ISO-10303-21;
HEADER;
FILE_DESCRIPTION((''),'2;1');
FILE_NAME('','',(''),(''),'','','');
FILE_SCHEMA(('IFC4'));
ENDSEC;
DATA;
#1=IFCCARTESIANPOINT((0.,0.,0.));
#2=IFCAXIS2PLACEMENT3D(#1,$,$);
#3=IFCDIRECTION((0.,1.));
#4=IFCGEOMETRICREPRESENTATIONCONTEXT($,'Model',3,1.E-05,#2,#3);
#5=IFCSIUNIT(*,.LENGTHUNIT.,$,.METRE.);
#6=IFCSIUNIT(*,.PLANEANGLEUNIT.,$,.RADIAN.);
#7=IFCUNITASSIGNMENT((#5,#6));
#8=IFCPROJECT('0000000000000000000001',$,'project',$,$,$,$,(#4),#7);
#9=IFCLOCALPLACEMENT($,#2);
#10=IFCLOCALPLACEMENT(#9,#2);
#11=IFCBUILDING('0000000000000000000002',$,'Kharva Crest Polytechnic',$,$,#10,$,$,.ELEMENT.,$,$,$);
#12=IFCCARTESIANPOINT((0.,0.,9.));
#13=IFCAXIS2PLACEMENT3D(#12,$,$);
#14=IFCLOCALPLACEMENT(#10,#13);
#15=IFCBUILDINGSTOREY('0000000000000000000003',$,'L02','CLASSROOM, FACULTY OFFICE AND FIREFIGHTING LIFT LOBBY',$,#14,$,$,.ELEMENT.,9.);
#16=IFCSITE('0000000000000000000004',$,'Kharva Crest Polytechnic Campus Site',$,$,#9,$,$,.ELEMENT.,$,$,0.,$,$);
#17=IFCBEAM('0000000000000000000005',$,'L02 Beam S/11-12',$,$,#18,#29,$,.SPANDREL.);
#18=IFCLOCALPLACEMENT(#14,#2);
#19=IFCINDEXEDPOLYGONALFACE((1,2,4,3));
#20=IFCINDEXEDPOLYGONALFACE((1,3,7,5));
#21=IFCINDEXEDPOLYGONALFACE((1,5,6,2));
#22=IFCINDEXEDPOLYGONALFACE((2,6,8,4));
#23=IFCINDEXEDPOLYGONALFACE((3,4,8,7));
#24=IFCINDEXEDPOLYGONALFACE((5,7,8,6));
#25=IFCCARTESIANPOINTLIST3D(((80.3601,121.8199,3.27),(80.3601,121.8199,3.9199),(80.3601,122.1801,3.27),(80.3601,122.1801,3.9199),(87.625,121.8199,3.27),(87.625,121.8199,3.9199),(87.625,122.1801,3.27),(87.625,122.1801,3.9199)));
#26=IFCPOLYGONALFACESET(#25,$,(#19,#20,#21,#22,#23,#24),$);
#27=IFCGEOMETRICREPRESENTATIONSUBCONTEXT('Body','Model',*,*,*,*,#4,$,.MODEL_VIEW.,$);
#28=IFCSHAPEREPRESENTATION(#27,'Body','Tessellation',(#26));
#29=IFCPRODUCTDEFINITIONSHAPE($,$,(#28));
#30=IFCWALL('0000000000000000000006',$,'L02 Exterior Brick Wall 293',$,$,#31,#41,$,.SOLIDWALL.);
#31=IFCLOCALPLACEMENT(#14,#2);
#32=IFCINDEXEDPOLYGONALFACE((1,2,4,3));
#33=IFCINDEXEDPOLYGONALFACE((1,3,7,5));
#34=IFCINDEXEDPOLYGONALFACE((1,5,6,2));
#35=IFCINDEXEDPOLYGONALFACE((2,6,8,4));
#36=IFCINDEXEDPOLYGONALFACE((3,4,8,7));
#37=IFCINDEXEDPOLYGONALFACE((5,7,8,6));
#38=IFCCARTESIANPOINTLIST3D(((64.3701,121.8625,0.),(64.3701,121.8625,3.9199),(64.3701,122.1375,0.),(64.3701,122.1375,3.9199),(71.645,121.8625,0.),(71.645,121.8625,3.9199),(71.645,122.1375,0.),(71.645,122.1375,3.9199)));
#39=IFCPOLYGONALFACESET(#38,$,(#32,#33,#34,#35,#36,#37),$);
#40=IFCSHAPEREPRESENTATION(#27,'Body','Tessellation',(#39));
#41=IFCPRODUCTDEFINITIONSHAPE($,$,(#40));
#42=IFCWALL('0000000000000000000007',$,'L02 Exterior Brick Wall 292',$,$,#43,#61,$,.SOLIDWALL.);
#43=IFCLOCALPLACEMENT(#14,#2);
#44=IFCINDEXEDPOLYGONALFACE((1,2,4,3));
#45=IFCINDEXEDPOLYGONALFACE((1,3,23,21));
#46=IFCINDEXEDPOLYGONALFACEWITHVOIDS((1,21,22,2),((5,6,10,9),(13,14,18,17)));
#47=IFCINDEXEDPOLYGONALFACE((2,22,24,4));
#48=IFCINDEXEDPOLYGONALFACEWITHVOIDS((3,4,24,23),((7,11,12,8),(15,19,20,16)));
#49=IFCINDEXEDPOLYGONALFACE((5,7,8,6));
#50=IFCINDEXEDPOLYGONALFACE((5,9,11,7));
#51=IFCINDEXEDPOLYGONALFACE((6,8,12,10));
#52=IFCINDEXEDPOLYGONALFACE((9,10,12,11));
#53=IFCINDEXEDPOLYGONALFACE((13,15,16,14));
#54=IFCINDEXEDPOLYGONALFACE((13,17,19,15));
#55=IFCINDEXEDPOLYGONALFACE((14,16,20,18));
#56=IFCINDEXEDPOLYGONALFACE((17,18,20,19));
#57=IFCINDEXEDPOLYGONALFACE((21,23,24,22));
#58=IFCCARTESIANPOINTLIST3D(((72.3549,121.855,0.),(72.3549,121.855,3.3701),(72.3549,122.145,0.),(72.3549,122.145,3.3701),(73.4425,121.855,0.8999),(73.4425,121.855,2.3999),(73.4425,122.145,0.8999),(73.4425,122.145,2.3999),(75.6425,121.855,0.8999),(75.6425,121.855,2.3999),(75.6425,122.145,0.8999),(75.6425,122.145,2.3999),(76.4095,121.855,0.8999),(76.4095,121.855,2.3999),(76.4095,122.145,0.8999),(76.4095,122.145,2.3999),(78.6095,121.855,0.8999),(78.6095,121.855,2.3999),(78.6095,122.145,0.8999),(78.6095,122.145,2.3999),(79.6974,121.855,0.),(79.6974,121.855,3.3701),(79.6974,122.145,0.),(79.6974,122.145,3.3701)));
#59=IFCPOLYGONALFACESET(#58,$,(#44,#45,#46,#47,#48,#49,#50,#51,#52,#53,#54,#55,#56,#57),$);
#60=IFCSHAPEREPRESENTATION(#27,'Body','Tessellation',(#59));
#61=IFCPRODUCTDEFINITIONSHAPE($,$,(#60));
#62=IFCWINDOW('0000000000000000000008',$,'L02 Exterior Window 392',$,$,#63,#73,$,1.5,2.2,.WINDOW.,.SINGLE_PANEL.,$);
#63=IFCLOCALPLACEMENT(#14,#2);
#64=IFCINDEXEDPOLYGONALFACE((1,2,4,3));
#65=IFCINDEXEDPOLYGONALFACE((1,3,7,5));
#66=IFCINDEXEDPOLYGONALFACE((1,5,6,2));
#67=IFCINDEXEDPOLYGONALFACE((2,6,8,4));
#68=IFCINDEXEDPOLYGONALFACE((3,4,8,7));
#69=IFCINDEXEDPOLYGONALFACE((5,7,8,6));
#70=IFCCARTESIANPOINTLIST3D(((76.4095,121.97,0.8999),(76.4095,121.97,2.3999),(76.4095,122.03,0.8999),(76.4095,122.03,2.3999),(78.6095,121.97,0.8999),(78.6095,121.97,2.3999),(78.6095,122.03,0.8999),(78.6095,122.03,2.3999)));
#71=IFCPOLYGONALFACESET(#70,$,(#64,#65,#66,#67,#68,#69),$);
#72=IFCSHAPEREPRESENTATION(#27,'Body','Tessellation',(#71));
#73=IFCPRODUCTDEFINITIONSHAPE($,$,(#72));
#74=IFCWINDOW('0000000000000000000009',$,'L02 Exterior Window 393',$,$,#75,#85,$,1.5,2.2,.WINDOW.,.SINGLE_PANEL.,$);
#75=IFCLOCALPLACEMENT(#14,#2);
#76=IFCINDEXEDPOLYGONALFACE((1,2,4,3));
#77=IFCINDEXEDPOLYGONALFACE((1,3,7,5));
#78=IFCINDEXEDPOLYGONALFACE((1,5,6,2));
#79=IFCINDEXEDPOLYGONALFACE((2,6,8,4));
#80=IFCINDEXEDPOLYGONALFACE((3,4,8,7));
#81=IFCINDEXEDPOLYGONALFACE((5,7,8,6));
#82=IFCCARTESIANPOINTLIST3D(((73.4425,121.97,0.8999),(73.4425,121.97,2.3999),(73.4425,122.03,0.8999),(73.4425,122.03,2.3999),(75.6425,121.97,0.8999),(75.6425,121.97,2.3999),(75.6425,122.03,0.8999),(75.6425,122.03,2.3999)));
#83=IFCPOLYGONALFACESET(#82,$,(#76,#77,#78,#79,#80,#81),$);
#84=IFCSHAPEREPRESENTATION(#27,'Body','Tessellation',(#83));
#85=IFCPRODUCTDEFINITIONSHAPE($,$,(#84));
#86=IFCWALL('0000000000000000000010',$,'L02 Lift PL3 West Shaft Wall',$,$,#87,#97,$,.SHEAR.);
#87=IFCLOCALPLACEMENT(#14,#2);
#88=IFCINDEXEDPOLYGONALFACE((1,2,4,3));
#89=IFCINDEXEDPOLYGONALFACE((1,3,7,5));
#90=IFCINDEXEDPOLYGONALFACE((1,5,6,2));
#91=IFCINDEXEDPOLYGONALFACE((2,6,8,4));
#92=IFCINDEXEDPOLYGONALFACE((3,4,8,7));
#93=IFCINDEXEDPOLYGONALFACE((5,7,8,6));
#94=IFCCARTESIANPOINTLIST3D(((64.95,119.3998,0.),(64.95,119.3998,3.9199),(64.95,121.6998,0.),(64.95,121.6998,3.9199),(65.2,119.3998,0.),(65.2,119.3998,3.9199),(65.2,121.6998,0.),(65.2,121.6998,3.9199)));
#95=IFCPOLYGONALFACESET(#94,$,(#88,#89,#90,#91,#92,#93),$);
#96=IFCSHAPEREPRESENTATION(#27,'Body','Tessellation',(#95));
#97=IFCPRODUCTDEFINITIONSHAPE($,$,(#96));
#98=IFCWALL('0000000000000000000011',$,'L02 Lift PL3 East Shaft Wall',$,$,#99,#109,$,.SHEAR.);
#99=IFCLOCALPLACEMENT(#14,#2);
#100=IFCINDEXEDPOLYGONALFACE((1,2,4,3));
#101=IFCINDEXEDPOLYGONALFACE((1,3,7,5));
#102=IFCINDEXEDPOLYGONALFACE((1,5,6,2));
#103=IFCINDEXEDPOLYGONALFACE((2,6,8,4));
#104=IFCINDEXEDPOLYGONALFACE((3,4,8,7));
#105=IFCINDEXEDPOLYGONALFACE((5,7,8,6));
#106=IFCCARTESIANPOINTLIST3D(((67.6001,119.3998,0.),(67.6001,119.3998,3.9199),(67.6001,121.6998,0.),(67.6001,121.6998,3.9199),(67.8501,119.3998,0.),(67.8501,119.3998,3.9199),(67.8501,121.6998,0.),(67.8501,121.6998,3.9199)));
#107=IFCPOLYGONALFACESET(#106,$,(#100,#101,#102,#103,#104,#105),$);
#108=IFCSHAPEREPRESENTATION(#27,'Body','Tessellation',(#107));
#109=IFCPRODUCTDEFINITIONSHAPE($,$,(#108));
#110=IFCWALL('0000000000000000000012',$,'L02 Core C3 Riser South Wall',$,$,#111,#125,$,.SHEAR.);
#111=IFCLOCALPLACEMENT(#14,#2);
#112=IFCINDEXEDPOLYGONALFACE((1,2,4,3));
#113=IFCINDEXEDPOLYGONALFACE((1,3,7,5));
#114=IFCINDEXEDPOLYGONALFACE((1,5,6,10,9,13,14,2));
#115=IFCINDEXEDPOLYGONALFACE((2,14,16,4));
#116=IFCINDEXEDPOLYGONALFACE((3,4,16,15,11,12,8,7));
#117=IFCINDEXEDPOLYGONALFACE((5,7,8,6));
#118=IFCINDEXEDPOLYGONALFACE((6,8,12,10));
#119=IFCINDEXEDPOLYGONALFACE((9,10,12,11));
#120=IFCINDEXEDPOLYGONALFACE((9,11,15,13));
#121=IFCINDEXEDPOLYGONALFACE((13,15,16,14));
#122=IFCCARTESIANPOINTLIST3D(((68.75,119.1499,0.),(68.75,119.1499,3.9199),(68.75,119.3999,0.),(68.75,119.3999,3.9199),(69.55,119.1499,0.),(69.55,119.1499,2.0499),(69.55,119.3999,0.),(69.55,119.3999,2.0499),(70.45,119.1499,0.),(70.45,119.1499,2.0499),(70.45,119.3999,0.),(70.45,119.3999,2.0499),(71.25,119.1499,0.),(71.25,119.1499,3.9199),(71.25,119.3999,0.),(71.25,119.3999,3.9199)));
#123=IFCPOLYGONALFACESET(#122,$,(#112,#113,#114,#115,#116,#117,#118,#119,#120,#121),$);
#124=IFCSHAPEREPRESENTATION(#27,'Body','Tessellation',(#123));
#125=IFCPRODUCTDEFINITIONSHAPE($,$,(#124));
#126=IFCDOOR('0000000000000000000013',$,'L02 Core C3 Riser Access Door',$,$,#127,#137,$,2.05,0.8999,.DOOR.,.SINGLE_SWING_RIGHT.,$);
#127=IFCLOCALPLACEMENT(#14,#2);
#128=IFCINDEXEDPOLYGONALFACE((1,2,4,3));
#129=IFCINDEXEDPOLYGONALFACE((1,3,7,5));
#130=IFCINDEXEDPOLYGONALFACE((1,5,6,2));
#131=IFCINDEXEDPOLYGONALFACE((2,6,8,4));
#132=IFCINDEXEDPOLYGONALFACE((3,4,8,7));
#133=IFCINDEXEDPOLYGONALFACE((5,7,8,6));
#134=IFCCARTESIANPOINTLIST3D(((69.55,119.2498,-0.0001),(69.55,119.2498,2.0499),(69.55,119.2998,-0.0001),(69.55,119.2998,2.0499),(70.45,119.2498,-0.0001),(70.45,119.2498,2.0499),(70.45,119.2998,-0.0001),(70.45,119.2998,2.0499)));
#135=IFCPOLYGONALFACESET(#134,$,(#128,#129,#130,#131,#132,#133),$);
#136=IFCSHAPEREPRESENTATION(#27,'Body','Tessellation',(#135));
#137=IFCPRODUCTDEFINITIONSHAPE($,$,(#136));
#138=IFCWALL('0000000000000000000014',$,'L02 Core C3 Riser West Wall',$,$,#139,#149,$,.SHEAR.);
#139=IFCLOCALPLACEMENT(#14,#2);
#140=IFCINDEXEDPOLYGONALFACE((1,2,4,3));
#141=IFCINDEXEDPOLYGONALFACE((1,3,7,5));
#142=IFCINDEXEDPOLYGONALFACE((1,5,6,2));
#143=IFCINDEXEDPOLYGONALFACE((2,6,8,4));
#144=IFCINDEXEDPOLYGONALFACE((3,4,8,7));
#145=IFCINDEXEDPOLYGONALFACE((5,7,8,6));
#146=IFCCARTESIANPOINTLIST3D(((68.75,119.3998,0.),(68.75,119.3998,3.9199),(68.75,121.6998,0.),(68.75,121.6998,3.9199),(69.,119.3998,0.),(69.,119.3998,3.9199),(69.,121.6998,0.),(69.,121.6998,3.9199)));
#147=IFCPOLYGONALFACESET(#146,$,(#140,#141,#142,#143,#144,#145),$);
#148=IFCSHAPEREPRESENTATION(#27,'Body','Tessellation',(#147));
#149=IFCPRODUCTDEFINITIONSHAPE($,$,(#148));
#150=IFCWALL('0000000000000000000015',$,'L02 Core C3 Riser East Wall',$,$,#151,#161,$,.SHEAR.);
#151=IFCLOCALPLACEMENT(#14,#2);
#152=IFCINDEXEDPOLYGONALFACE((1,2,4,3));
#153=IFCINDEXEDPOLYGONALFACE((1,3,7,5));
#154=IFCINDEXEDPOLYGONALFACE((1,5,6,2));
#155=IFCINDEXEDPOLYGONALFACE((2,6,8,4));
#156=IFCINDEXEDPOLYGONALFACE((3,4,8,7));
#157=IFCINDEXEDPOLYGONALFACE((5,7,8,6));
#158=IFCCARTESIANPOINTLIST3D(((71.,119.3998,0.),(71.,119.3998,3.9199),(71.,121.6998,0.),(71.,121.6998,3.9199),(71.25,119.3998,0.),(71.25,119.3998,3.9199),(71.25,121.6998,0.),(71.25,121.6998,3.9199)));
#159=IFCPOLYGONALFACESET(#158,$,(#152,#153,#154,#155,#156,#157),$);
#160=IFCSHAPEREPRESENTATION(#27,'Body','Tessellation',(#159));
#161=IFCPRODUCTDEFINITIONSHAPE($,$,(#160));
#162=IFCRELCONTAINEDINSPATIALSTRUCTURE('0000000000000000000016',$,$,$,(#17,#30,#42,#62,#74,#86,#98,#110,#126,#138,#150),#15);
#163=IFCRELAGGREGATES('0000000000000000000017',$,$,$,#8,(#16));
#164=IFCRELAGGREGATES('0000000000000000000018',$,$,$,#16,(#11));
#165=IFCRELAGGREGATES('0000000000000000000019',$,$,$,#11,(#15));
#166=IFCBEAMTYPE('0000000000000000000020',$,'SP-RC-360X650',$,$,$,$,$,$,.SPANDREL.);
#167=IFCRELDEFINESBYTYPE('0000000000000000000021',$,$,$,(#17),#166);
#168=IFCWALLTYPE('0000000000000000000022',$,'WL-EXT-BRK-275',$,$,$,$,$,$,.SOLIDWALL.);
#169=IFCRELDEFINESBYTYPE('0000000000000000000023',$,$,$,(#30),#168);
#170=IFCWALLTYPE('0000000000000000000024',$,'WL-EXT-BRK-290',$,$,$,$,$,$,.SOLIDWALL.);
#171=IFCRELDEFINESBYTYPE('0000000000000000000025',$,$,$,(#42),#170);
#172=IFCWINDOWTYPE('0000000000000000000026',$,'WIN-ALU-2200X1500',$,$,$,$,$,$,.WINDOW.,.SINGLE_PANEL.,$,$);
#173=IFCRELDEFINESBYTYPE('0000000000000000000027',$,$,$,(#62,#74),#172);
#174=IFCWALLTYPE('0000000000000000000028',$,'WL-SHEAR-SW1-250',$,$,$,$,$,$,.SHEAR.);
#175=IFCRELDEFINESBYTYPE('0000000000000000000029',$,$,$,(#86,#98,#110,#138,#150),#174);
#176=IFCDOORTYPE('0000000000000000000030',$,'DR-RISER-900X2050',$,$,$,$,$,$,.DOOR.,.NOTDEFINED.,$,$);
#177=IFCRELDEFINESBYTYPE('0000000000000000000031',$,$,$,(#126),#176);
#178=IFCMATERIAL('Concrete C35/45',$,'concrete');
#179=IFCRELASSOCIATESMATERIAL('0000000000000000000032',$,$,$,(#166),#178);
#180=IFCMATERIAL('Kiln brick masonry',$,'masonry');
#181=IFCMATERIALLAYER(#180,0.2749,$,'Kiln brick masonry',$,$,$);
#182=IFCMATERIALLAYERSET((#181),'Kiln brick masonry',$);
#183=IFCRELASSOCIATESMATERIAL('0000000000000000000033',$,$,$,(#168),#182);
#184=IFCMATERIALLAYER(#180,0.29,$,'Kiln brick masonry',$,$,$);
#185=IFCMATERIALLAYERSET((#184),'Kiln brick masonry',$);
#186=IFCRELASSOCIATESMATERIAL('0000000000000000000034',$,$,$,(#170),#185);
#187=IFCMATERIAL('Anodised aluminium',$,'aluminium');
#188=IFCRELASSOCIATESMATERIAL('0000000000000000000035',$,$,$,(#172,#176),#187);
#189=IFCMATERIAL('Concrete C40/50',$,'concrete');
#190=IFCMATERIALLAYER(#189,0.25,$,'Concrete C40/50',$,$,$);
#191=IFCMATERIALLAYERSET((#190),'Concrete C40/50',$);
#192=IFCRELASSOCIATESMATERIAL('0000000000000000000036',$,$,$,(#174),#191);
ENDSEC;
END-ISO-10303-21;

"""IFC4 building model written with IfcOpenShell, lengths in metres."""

from ifc_helpers import new_model, si_unit, direction, frame, frame_2d, origin, origin_2d, place, context, subcontext, project, spatial, rectangle, extrude, material, layer, layer_set, material_profile, profile_set, type_object, element, fill, save


model = new_model("IFC4")

# Units and contexts
model_context = context("Model", 3, precision=1e-05, world=origin(), true_north=direction((0.0, 1.0)))
body_context = subcontext(model_context, "Body", "Model", "MODEL_VIEW")
ifc_project = project(units=[si_unit("LENGTHUNIT", "METRE"), si_unit("PLANEANGLEUNIT", "RADIAN")], contexts=[model_context])

# Site, building, storey
site_placement = place(None, origin())
site = spatial("IfcSite", under=ifc_project, at=site_placement, Name="Kharva Crest Polytechnic Campus Site", CompositionType="ELEMENT", RefElevation=0.0)
building_placement = place(site_placement, origin())
building = spatial("IfcBuilding", under=site, at=building_placement, Name="Kharva Crest Polytechnic", CompositionType="ELEMENT")
storey_placement = place(building_placement, frame((0.0, 0.0, 9.0)))
storey = spatial("IfcBuildingStorey", under=building, at=storey_placement, Name="L02", Description="CLASSROOM, FACULTY OFFICE AND FIREFIGHTING LIFT LOBBY", CompositionType="ELEMENT", Elevation=9.0)

# Shared definitions
ifc_material_1 = material(Name="Concrete C40/50", Category="concrete")

# Shared definitions
ifc_material_2 = material(Name="Concrete C35/45", Category="concrete")

# Beam
ifc_material_profile_1 = material_profile(ifc_material_2, rectangle(XDim=0.3601, YDim=0.6499, at=origin_2d()), Name="RECT 360 X 650")
ifc_profile_set_1 = profile_set([ifc_material_profile_1], Name="Concrete C35/45")
beam_type_1 = type_object("IfcBeamType", Name="SP-RC-360X650", PredefinedType="SPANDREL", material=ifc_profile_set_1)
beam_1_placement = place(storey_placement, frame((80.3601, 122.0, 3.595), z_axis=(1.0, 0.0, 0.0), x_axis=(0.0, 1.0, 0.0)))
element("IfcBeam", 1, at=beam_1_placement, inside=storey, type_object=beam_type_1, Name="L02 Beam S/11-12", PredefinedType="SPANDREL", context=body_context, shape_type="SweptSolid", body=[
    extrude(rectangle(XDim=0.3601, YDim=0.6499, at=origin_2d()), origin(), (0.0, 0.0, 1.0), 7.2649),
])

# Wall
ifc_material_3 = material(Name="Kiln brick masonry", Category="masonry")
ifc_layer_1 = layer(ifc_material_3, 0.2749, Name="Kiln brick masonry")
ifc_layer_set_1 = layer_set([ifc_layer_1], Name="Kiln brick masonry")
wall_type_1 = type_object("IfcWallType", Name="WL-EXT-BRK-275", PredefinedType="SOLIDWALL", material=ifc_layer_set_1)
wall_1_placement = place(storey_placement, frame((71.645, 122.0, 0.0), z_axis=(0.0, 0.0, 1.0), x_axis=(-1.0, 0.0, 0.0)))
element("IfcWall", 2, at=wall_1_placement, inside=storey, type_object=wall_type_1, Name="L02 Exterior Brick Wall 293", PredefinedType="SOLIDWALL", context=body_context, shape_type="SweptSolid", body=[
    extrude(rectangle(XDim=7.2749, YDim=0.2749, at=frame_2d((3.6375, 0.0))), origin(), (0.0, 0.0, 1.0), 3.9199),
])

# Wall, openings, windows
ifc_layer_2 = layer(ifc_material_3, 0.29, Name="Kiln brick masonry")
ifc_layer_set_2 = layer_set([ifc_layer_2], Name="Kiln brick masonry")
wall_type_2 = type_object("IfcWallType", Name="WL-EXT-BRK-290", PredefinedType="SOLIDWALL", material=ifc_layer_set_2)
wall_2_placement = place(storey_placement, frame((79.6975, 122.0, 0.0), z_axis=(0.0, 0.0, 1.0), x_axis=(-1.0, 0.0, 0.0)))
wall_2 = element("IfcWall", 3, at=wall_2_placement, inside=storey, type_object=wall_type_2, Name="L02 Exterior Brick Wall 292", PredefinedType="SOLIDWALL", context=body_context, shape_type="SweptSolid", body=[
    extrude(rectangle(XDim=7.3425, YDim=0.29, at=frame_2d((3.6714, 0.0))), origin(), (0.0, 0.0, 1.0), 3.3701),
])
opening_1_placement = place(wall_2_placement, frame((1.0879, 0.0, 0.8999)))
opening_1 = element("IfcOpeningElement", 4, at=opening_1_placement, cuts=wall_2, PredefinedType="OPENING", context=body_context, shape_type="SweptSolid", body=[
    extrude(rectangle(XDim=2.2, YDim=1.5, at=frame_2d((1.1001, 0.75))), frame((0.0, 0.155, 0.0), z_axis=(0.0, -1.0, 0.0), x_axis=(1.0, 0.0, 0.0)), (0.0, 0.0, 1.0), 0.3101),
])
opening_2_placement = place(wall_2_placement, frame((4.0549, 0.0, 0.8999)))
opening_2 = element("IfcOpeningElement", 5, at=opening_2_placement, cuts=wall_2, PredefinedType="OPENING", context=body_context, shape_type="SweptSolid", body=[
    extrude(rectangle(XDim=2.2, YDim=1.5, at=frame_2d((1.1001, 0.75))), frame((0.0, 0.155, 0.0), z_axis=(0.0, -1.0, 0.0), x_axis=(1.0, 0.0, 0.0)), (0.0, 0.0, 1.0), 0.3101),
])
ifc_material_4 = material(Name="Anodised aluminium", Category="aluminium")
window_type = type_object("IfcWindowType", Name="WIN-ALU-2200X1500", PartitioningType="SINGLE_PANEL", PredefinedType="WINDOW", material=ifc_material_4)
window_1_placement = place(opening_1_placement, origin())
window_1 = element("IfcWindow", 6, at=window_1_placement, inside=storey, type_object=window_type, Name="L02 Exterior Window 392", OverallHeight=1.5, OverallWidth=2.2, PartitioningType="SINGLE_PANEL", PredefinedType="WINDOW", context=body_context, shape_type="SweptSolid", body=[
    extrude(rectangle(XDim=2.2, YDim=1.5, at=frame_2d((1.1001, 0.75))), frame((0.0, 0.03, 0.0), z_axis=(0.0, -1.0, 0.0), x_axis=(1.0, 0.0, 0.0)), (0.0, 0.0, 1.0), 0.0601),
])
fill(opening_1, window_1)
window_2_placement = place(opening_2_placement, origin())
window_2 = element("IfcWindow", 7, at=window_2_placement, inside=storey, type_object=window_type, Name="L02 Exterior Window 393", OverallHeight=1.5, OverallWidth=2.2, PartitioningType="SINGLE_PANEL", PredefinedType="WINDOW", context=body_context, shape_type="SweptSolid", body=[
    extrude(rectangle(XDim=2.2, YDim=1.5, at=frame_2d((1.1001, 0.75))), frame((0.0, 0.03, 0.0), z_axis=(0.0, -1.0, 0.0), x_axis=(1.0, 0.0, 0.0)), (0.0, 0.0, 1.0), 0.0601),
])
fill(opening_2, window_2)

# Shared definitions
ifc_layer_3 = layer(ifc_material_1, 0.25, Name="Concrete C40/50")
ifc_layer_set_3 = layer_set([ifc_layer_3], Name="Concrete C40/50")
wall_type_3 = type_object("IfcWallType", Name="WL-SHEAR-SW1-250", PredefinedType="SHEAR", material=ifc_layer_set_3)

# Walls
for number, where, z_axis, x_axis, name in (
    (8, (65.075, 119.3999, 0.0), (0.0, 0.0, 1.0), (0.0, 1.0, 0.0), "L02 Lift PL3 West Shaft Wall"),
    (9, (67.7251, 119.3999, 0.0), (0.0, 0.0, 1.0), (0.0, 1.0, 0.0), "L02 Lift PL3 East Shaft Wall"),
):
    element("IfcWall", number, at=place(storey_placement, frame(where, z_axis=z_axis, x_axis=x_axis)), inside=storey, type_object=wall_type_3, Name=name, PredefinedType="SHEAR", context=body_context, shape_type="SweptSolid", body=[
        extrude(rectangle(XDim=2.3, YDim=0.25, at=frame_2d((1.1499, 0.0))), origin(), (0.0, 0.0, 1.0), 3.9199),
    ])

# Wall, opening, door
wall_3_placement = place(storey_placement, frame((68.75, 119.2749, 0.0), z_axis=(0.0, 0.0, 1.0), x_axis=(1.0, 0.0, 0.0)))
wall_3 = element("IfcWall", 10, at=wall_3_placement, inside=storey, type_object=wall_type_3, Name="L02 Core C3 Riser South Wall", PredefinedType="SHEAR", context=body_context, shape_type="SweptSolid", body=[
    extrude(rectangle(XDim=2.5, YDim=0.25, at=frame_2d((1.25, 0.0))), origin(), (0.0, 0.0, 1.0), 3.9199),
])
opening_3_placement = place(wall_3_placement, frame((0.8, 0.0, 0.0)))
opening_3 = element("IfcOpeningElement", 11, at=opening_3_placement, cuts=wall_3, PredefinedType="OPENING", context=body_context, shape_type="SweptSolid", body=[
    extrude(rectangle(XDim=0.8999, YDim=2.05, at=frame_2d((0.45, 1.0249))), frame((0.0, 0.135, 0.0), z_axis=(0.0, -1.0, 0.0), x_axis=(1.0, 0.0, 0.0)), (0.0, 0.0, 1.0), 0.27),
])
door_type_1 = type_object("IfcDoorType", Name="DR-RISER-900X2050", OperationType="NOTDEFINED", PredefinedType="DOOR", material=ifc_material_4)
door_1_placement = place(opening_3_placement, origin())
door_1 = element("IfcDoor", 12, at=door_1_placement, inside=storey, type_object=door_type_1, Name="L02 Core C3 Riser Access Door", OperationType="SINGLE_SWING_RIGHT", OverallHeight=2.05, OverallWidth=0.8999, PredefinedType="DOOR", context=body_context, shape_type="SweptSolid", body=[
    extrude(rectangle(XDim=0.8999, YDim=2.05, at=frame_2d((0.45, 1.0249))), frame((0.0, 0.0249, 0.0), z_axis=(0.0, -1.0, 0.0), x_axis=(1.0, 0.0, 0.0)), (0.0, 0.0, 1.0), 0.05),
])
fill(opening_3, door_1)

# Walls
for number, where, z_axis, x_axis, name in (
    (13, (68.875, 119.3999, 0.0), (0.0, 0.0, 1.0), (0.0, 1.0, 0.0), "L02 Core C3 Riser West Wall"),
    (14, (71.125, 119.3999, 0.0), (0.0, 0.0, 1.0), (0.0, 1.0, 0.0), "L02 Core C3 Riser East Wall"),
):
    element("IfcWall", number, at=place(storey_placement, frame(where, z_axis=z_axis, x_axis=x_axis)), inside=storey, type_object=wall_type_3, Name=name, PredefinedType="SHEAR", context=body_context, shape_type="SweptSolid", body=[
        extrude(rectangle(XDim=2.3, YDim=0.25, at=frame_2d((1.1499, 0.0))), origin(), (0.0, 0.0, 1.0), 3.9199),
    ])

save(model, "model.ifc")
